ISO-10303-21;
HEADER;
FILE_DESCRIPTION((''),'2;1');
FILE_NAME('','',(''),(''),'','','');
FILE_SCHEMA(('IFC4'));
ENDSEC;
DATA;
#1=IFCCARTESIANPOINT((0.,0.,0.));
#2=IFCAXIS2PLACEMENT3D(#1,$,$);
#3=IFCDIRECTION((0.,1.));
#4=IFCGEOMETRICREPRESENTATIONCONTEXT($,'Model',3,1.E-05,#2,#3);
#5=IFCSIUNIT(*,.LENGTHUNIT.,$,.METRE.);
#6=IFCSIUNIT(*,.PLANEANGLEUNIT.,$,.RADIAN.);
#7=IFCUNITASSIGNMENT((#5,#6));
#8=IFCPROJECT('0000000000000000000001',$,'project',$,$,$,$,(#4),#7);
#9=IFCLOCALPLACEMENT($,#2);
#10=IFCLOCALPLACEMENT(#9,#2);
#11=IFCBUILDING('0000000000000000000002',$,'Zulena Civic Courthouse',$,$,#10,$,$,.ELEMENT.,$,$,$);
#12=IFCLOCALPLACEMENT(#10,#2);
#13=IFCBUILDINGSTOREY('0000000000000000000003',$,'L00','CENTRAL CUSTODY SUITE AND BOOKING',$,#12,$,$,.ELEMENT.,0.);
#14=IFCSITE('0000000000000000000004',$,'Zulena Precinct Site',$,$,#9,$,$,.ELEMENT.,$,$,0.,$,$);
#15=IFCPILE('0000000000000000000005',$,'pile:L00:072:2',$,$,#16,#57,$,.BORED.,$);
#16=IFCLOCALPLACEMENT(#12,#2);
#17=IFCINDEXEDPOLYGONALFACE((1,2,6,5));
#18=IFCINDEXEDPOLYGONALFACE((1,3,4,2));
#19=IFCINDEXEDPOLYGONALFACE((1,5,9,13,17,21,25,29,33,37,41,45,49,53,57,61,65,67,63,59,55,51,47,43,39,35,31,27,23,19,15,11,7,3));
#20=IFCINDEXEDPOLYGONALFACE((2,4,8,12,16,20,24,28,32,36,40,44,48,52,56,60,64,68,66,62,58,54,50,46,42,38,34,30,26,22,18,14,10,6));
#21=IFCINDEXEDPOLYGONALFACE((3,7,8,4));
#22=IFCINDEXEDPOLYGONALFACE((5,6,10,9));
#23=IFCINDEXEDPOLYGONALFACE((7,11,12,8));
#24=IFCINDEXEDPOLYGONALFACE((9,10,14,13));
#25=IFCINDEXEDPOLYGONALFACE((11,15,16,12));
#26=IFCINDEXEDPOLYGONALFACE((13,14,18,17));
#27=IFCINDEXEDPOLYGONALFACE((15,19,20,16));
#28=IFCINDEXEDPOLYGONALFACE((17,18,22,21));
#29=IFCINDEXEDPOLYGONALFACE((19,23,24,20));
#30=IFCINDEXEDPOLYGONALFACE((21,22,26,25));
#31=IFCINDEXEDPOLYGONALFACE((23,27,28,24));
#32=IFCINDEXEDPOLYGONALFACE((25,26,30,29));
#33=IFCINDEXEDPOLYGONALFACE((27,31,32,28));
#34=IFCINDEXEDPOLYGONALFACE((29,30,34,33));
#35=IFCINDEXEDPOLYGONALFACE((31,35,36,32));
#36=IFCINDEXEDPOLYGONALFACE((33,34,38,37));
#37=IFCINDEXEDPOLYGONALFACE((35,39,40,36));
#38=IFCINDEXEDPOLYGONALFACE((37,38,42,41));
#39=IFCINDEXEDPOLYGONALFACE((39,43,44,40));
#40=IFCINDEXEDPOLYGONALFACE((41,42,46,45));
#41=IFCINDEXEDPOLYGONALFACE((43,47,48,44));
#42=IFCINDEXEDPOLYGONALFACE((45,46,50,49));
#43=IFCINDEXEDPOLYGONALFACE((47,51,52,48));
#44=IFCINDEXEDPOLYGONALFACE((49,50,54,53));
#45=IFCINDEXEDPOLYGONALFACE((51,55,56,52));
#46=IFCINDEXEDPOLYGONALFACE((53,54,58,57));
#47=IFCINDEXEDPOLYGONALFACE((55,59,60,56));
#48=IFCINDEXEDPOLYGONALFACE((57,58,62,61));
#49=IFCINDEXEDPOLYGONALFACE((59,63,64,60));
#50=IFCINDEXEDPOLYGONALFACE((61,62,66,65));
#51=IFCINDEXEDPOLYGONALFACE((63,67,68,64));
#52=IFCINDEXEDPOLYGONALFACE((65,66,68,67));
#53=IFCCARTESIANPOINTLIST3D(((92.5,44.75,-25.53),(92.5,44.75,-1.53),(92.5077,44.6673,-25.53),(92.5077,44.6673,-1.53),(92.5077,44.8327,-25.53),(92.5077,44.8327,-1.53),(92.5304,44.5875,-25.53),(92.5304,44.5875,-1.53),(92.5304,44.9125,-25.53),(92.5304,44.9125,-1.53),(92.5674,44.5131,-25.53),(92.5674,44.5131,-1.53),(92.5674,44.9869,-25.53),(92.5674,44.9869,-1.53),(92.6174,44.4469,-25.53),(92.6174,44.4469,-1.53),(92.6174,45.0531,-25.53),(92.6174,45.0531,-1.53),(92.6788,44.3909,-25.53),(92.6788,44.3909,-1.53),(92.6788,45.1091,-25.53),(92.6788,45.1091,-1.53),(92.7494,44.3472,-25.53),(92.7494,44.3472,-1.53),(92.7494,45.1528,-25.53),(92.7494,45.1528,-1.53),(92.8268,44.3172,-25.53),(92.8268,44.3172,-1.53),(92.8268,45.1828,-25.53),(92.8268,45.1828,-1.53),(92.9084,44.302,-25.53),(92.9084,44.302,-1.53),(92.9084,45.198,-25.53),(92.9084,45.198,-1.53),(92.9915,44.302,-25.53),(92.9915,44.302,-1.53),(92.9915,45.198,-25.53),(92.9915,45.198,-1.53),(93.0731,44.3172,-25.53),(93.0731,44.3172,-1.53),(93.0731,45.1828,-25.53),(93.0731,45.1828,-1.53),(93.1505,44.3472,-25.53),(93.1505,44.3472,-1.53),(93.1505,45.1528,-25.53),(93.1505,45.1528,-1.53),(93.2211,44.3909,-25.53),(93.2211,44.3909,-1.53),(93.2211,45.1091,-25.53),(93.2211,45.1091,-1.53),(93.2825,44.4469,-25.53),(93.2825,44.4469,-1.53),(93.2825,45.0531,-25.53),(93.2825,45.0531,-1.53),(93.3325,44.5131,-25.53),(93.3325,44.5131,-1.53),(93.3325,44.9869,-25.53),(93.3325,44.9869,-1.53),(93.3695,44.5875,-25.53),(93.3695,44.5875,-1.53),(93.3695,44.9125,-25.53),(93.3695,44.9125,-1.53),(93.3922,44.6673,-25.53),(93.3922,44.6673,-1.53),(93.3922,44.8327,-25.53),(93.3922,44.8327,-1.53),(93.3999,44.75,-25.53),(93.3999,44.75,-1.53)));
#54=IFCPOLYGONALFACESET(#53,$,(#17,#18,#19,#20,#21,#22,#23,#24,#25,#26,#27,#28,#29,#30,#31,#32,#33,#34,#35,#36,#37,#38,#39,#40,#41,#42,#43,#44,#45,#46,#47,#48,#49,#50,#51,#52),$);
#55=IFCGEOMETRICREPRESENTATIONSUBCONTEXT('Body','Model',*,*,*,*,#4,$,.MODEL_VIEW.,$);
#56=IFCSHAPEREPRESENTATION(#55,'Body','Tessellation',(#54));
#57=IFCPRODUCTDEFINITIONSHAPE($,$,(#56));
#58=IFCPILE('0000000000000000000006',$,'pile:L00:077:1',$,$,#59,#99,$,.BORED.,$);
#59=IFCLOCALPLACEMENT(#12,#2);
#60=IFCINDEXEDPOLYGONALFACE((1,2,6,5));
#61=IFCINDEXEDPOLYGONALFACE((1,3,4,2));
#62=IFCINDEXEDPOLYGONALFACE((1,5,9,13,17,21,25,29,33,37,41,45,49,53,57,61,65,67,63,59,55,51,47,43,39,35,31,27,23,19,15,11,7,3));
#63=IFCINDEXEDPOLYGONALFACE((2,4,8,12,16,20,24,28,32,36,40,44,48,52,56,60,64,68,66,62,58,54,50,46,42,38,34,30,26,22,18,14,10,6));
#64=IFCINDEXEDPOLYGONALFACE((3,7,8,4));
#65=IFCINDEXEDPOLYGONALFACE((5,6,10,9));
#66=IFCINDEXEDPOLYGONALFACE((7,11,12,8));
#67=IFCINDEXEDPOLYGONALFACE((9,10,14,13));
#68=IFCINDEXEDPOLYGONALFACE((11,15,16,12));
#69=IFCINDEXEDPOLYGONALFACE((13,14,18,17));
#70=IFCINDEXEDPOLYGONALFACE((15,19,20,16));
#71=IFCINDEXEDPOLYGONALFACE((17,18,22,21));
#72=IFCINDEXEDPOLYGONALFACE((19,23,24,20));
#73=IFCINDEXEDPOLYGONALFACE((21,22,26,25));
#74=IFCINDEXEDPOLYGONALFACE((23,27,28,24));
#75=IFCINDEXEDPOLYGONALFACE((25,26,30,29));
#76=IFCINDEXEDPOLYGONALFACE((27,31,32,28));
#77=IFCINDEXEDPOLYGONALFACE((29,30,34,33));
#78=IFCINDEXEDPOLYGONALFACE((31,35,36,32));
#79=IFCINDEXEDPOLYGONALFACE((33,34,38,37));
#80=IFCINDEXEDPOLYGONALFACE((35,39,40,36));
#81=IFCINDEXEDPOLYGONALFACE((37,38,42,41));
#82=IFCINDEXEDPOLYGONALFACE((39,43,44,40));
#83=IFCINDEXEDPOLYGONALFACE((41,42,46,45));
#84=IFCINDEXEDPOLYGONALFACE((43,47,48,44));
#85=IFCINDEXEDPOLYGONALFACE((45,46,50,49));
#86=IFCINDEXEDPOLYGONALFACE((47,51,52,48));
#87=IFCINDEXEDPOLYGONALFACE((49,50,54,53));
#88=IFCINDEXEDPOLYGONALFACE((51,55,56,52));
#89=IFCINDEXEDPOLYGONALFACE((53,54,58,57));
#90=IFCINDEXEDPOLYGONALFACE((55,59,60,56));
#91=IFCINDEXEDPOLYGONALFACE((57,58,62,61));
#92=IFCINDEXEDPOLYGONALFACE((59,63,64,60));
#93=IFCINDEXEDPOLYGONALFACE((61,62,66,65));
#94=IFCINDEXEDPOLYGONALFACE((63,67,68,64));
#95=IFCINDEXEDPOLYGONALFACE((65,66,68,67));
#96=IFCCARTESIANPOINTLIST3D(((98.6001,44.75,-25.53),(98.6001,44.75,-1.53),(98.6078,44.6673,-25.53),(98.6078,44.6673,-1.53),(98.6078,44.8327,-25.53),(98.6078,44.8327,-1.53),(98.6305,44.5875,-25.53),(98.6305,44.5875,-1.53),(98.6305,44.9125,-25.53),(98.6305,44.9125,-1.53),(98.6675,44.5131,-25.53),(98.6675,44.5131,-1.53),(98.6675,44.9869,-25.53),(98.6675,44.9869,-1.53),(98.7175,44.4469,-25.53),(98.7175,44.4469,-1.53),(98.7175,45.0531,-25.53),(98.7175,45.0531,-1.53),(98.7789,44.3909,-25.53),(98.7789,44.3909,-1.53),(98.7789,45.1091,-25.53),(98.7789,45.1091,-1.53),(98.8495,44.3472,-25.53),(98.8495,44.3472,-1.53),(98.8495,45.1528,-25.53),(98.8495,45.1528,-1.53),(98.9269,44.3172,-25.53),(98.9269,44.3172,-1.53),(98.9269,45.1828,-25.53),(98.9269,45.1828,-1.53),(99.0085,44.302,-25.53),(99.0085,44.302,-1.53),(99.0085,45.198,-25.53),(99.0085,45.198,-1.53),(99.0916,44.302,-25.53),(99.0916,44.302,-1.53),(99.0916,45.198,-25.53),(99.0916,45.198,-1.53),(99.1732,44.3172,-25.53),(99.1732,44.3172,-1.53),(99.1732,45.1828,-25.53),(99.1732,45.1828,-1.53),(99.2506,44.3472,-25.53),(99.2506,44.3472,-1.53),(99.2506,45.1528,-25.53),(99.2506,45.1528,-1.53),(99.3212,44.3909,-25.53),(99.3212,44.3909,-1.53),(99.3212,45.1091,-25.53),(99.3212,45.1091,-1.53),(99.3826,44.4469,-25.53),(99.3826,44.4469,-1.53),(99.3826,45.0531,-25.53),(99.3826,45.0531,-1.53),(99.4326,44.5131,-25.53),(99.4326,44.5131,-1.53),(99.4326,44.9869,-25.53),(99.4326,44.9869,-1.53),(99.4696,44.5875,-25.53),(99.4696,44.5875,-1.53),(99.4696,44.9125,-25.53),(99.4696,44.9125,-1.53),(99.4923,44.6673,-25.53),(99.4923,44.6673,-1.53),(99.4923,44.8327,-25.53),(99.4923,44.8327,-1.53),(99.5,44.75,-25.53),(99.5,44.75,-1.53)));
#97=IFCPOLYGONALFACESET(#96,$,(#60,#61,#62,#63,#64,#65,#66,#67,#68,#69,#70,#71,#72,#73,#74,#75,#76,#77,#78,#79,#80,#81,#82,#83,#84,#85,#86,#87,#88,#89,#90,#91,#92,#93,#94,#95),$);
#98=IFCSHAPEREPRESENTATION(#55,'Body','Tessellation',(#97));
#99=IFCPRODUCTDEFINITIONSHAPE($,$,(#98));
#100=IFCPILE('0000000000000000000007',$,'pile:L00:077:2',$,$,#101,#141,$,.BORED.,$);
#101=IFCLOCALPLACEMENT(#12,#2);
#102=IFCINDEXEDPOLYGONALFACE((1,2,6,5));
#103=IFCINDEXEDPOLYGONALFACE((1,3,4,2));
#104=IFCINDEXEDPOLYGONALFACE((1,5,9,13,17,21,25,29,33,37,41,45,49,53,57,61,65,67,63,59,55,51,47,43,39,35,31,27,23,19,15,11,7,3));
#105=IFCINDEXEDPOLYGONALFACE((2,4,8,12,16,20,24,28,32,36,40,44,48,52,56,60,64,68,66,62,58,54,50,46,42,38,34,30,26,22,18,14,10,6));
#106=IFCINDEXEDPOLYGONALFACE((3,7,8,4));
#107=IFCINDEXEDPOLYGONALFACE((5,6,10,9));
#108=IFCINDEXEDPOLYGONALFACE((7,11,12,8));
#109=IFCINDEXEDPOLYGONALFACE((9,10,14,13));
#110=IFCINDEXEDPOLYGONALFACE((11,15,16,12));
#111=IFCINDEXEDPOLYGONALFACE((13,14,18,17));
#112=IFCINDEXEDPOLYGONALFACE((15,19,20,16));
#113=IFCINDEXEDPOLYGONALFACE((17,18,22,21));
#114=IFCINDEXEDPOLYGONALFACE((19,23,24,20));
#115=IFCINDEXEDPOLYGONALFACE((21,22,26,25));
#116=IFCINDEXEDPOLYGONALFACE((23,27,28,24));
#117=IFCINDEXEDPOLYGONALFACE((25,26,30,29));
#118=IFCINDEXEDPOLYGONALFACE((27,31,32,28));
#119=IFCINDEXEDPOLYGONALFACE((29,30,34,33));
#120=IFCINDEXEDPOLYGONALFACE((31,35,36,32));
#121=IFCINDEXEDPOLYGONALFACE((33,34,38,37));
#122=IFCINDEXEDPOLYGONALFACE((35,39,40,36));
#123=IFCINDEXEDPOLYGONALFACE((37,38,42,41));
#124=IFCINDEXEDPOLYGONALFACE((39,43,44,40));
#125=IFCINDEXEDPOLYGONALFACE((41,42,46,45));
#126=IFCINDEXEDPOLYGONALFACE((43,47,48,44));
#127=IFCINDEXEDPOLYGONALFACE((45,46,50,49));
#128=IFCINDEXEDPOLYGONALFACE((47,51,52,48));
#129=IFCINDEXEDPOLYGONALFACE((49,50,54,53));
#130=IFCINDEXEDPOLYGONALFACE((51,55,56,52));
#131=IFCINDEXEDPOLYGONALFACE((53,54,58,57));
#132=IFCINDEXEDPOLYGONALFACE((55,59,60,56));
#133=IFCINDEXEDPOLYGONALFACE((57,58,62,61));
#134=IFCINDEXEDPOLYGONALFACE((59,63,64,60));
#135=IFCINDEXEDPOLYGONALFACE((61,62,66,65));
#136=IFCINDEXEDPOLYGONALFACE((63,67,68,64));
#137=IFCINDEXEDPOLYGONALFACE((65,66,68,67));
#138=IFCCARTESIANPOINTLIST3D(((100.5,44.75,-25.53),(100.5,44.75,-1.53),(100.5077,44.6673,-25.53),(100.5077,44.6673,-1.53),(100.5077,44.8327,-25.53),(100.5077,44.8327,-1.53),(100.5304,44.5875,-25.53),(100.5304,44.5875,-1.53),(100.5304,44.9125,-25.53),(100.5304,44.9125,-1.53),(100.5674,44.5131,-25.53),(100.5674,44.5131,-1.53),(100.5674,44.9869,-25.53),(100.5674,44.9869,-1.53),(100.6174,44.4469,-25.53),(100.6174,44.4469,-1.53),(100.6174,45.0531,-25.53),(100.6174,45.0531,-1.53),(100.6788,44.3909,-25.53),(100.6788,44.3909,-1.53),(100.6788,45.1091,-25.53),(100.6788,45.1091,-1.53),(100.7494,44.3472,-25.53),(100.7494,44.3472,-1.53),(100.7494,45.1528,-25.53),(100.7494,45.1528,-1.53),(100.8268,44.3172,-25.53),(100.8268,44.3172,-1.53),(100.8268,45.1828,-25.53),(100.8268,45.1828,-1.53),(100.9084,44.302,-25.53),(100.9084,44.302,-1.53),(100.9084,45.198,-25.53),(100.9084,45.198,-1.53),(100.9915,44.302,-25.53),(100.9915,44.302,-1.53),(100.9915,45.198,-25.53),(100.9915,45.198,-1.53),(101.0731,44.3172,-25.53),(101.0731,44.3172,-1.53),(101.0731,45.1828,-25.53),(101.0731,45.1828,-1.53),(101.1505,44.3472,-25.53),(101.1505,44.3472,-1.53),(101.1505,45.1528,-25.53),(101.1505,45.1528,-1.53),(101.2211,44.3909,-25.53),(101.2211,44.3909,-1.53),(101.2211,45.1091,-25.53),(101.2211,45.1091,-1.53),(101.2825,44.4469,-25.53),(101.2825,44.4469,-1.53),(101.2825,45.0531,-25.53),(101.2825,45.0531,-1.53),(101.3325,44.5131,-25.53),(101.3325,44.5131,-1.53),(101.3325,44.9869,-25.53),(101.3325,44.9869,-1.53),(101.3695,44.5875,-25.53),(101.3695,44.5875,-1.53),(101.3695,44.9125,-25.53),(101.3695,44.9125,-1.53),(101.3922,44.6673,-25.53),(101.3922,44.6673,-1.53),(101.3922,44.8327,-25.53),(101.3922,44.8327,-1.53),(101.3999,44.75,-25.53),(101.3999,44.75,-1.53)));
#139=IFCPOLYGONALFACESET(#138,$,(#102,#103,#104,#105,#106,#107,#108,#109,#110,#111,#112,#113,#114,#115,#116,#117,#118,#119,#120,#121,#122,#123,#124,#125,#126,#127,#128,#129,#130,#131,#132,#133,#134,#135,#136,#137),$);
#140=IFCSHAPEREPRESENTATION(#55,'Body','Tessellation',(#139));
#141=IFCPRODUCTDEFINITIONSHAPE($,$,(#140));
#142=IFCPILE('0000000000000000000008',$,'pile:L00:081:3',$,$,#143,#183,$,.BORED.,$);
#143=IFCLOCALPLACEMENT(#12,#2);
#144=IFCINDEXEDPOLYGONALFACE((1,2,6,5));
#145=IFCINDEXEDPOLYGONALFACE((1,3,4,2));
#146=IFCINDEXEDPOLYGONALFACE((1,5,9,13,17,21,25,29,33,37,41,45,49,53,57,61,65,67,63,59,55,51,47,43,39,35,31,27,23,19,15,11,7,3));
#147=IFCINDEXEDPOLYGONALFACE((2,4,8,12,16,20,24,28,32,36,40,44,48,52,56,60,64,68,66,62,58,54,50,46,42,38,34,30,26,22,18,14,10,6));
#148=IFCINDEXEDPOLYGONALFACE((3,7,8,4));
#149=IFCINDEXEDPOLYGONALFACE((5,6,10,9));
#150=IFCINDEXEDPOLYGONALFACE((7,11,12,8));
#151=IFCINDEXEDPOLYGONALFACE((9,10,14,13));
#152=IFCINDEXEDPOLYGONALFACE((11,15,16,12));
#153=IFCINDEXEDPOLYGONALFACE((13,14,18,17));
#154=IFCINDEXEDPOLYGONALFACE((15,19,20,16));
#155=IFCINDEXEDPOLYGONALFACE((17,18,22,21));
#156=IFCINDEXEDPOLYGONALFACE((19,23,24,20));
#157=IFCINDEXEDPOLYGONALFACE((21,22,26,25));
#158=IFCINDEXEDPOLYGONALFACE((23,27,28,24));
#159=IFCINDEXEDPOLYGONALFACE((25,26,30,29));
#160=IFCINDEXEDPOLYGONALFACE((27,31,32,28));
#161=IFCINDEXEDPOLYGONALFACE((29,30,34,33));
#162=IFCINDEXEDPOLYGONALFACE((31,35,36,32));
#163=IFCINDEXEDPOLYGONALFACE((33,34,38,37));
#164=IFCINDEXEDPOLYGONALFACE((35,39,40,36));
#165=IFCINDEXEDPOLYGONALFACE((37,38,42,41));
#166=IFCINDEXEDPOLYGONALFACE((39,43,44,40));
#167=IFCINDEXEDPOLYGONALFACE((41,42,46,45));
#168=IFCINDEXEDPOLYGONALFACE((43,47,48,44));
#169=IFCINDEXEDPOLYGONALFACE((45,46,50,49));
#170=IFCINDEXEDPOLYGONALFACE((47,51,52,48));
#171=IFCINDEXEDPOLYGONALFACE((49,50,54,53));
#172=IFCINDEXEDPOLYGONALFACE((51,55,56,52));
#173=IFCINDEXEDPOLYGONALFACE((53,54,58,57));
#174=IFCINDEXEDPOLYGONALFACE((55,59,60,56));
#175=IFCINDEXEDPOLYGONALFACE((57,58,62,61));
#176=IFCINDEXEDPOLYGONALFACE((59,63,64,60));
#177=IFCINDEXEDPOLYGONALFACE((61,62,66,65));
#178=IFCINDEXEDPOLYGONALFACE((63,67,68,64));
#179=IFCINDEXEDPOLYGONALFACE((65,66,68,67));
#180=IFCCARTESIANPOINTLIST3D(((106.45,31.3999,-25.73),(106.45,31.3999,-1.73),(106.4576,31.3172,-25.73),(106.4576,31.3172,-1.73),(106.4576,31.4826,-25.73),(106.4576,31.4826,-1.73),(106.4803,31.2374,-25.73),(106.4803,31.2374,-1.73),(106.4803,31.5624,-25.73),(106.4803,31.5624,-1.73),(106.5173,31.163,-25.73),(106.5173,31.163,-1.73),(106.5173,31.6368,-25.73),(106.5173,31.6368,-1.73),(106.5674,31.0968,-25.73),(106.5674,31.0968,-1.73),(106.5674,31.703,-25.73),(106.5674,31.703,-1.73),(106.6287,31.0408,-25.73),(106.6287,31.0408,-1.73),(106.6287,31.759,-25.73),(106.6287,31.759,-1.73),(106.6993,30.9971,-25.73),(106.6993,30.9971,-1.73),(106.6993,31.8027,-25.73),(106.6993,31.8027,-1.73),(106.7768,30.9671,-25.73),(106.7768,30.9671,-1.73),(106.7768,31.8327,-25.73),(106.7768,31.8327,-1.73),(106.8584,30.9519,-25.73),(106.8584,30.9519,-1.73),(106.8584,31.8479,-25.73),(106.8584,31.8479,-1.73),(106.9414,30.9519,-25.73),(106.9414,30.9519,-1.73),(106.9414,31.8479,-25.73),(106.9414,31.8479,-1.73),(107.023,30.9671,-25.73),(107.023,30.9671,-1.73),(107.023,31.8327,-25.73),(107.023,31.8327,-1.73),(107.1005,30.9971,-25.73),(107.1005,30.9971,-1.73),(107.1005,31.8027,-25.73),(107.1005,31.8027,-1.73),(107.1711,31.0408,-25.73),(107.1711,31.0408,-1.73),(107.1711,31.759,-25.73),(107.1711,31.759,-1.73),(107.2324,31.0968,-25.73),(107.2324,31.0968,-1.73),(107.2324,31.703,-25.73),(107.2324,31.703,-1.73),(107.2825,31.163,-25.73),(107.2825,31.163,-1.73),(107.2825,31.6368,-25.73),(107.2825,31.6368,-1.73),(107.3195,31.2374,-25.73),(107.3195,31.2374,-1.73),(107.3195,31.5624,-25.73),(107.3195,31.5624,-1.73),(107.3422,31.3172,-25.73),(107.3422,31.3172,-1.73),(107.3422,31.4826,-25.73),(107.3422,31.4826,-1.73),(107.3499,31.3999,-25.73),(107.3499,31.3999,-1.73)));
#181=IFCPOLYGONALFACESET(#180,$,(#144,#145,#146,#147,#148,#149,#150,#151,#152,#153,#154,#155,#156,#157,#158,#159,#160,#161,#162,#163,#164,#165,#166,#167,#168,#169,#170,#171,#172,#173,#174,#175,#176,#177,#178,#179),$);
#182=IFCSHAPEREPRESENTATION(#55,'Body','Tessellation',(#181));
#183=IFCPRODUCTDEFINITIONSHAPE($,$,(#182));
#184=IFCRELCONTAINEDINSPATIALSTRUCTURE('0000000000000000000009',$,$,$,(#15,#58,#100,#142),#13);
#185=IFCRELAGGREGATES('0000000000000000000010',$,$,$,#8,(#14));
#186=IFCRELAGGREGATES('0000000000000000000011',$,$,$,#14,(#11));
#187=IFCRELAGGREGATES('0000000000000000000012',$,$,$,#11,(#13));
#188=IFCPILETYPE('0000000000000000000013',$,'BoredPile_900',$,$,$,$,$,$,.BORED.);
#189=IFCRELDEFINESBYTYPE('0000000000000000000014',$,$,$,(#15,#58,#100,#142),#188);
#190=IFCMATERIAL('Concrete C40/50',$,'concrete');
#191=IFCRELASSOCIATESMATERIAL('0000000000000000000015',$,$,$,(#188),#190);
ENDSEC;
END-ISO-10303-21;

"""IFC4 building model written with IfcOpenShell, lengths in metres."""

from ifc_helpers import new_model, si_unit, direction, frame, origin, origin_2d, place, context, subcontext, project, spatial, circle, extrude, material, material_profile, profile_set, type_object, element, save


model = new_model("IFC4")

# Units and contexts
model_context = context("Model", 3, precision=1e-05, world=origin(), true_north=direction((0.0, 1.0)))
body_context = subcontext(model_context, "Body", "Model", "MODEL_VIEW")
ifc_project = project(units=[si_unit("LENGTHUNIT", "METRE"), si_unit("PLANEANGLEUNIT", "RADIAN")], contexts=[model_context])

# Site, building, storey
site_placement = place(None, origin())
site = spatial("IfcSite", under=ifc_project, at=site_placement, Name="Zulena Precinct Site", CompositionType="ELEMENT", RefElevation=0.0)
building_placement = place(site_placement, origin())
building = spatial("IfcBuilding", under=site, at=building_placement, Name="Zulena Civic Courthouse", CompositionType="ELEMENT")
storey_placement = place(building_placement, origin())
storey = spatial("IfcBuildingStorey", under=building, at=storey_placement, Name="L00", Description="CENTRAL CUSTODY SUITE AND BOOKING", CompositionType="ELEMENT", Elevation=0.0)

# Piles
ifc_material_1 = material(Name="Concrete C40/50", Category="concrete")
ifc_material_profile_1 = material_profile(ifc_material_1, circle(Radius=0.45, at=origin_2d()), Name="PILE900")
ifc_profile_set_1 = profile_set([ifc_material_profile_1], Name="Concrete C40/50")
pile_type_1 = type_object("IfcPileType", Name="BoredPile_900", PredefinedType="BORED", material=ifc_profile_set_1)
for number, where, z_axis, x_axis, name in (
    (1, (92.95, 44.75, -1.53), (0.0, 0.0, -1.0), (1.0, 0.0, 0.0), "pile:L00:072:2"),
    (2, (99.05, 44.75, -1.53), (0.0, 0.0, -1.0), (1.0, 0.0, 0.0), "pile:L00:077:1"),
    (3, (100.95, 44.75, -1.53), (0.0, 0.0, -1.0), (1.0, 0.0, 0.0), "pile:L00:077:2"),
    (4, (106.8999, 31.3999, -1.73), (0.0, 0.0, -1.0), (1.0, 0.0, 0.0), "pile:L00:081:3"),
):
    element("IfcPile", number, at=place(storey_placement, frame(where, z_axis=z_axis, x_axis=x_axis)), inside=storey, type_object=pile_type_1, Name=name, PredefinedType="BORED", context=body_context, shape_type="SweptSolid", body=[
        extrude(circle(Radius=0.45, at=origin_2d()), origin(), (0.0, 0.0, 1.0), 24.0),
    ])

save(model, "model.ifc")
